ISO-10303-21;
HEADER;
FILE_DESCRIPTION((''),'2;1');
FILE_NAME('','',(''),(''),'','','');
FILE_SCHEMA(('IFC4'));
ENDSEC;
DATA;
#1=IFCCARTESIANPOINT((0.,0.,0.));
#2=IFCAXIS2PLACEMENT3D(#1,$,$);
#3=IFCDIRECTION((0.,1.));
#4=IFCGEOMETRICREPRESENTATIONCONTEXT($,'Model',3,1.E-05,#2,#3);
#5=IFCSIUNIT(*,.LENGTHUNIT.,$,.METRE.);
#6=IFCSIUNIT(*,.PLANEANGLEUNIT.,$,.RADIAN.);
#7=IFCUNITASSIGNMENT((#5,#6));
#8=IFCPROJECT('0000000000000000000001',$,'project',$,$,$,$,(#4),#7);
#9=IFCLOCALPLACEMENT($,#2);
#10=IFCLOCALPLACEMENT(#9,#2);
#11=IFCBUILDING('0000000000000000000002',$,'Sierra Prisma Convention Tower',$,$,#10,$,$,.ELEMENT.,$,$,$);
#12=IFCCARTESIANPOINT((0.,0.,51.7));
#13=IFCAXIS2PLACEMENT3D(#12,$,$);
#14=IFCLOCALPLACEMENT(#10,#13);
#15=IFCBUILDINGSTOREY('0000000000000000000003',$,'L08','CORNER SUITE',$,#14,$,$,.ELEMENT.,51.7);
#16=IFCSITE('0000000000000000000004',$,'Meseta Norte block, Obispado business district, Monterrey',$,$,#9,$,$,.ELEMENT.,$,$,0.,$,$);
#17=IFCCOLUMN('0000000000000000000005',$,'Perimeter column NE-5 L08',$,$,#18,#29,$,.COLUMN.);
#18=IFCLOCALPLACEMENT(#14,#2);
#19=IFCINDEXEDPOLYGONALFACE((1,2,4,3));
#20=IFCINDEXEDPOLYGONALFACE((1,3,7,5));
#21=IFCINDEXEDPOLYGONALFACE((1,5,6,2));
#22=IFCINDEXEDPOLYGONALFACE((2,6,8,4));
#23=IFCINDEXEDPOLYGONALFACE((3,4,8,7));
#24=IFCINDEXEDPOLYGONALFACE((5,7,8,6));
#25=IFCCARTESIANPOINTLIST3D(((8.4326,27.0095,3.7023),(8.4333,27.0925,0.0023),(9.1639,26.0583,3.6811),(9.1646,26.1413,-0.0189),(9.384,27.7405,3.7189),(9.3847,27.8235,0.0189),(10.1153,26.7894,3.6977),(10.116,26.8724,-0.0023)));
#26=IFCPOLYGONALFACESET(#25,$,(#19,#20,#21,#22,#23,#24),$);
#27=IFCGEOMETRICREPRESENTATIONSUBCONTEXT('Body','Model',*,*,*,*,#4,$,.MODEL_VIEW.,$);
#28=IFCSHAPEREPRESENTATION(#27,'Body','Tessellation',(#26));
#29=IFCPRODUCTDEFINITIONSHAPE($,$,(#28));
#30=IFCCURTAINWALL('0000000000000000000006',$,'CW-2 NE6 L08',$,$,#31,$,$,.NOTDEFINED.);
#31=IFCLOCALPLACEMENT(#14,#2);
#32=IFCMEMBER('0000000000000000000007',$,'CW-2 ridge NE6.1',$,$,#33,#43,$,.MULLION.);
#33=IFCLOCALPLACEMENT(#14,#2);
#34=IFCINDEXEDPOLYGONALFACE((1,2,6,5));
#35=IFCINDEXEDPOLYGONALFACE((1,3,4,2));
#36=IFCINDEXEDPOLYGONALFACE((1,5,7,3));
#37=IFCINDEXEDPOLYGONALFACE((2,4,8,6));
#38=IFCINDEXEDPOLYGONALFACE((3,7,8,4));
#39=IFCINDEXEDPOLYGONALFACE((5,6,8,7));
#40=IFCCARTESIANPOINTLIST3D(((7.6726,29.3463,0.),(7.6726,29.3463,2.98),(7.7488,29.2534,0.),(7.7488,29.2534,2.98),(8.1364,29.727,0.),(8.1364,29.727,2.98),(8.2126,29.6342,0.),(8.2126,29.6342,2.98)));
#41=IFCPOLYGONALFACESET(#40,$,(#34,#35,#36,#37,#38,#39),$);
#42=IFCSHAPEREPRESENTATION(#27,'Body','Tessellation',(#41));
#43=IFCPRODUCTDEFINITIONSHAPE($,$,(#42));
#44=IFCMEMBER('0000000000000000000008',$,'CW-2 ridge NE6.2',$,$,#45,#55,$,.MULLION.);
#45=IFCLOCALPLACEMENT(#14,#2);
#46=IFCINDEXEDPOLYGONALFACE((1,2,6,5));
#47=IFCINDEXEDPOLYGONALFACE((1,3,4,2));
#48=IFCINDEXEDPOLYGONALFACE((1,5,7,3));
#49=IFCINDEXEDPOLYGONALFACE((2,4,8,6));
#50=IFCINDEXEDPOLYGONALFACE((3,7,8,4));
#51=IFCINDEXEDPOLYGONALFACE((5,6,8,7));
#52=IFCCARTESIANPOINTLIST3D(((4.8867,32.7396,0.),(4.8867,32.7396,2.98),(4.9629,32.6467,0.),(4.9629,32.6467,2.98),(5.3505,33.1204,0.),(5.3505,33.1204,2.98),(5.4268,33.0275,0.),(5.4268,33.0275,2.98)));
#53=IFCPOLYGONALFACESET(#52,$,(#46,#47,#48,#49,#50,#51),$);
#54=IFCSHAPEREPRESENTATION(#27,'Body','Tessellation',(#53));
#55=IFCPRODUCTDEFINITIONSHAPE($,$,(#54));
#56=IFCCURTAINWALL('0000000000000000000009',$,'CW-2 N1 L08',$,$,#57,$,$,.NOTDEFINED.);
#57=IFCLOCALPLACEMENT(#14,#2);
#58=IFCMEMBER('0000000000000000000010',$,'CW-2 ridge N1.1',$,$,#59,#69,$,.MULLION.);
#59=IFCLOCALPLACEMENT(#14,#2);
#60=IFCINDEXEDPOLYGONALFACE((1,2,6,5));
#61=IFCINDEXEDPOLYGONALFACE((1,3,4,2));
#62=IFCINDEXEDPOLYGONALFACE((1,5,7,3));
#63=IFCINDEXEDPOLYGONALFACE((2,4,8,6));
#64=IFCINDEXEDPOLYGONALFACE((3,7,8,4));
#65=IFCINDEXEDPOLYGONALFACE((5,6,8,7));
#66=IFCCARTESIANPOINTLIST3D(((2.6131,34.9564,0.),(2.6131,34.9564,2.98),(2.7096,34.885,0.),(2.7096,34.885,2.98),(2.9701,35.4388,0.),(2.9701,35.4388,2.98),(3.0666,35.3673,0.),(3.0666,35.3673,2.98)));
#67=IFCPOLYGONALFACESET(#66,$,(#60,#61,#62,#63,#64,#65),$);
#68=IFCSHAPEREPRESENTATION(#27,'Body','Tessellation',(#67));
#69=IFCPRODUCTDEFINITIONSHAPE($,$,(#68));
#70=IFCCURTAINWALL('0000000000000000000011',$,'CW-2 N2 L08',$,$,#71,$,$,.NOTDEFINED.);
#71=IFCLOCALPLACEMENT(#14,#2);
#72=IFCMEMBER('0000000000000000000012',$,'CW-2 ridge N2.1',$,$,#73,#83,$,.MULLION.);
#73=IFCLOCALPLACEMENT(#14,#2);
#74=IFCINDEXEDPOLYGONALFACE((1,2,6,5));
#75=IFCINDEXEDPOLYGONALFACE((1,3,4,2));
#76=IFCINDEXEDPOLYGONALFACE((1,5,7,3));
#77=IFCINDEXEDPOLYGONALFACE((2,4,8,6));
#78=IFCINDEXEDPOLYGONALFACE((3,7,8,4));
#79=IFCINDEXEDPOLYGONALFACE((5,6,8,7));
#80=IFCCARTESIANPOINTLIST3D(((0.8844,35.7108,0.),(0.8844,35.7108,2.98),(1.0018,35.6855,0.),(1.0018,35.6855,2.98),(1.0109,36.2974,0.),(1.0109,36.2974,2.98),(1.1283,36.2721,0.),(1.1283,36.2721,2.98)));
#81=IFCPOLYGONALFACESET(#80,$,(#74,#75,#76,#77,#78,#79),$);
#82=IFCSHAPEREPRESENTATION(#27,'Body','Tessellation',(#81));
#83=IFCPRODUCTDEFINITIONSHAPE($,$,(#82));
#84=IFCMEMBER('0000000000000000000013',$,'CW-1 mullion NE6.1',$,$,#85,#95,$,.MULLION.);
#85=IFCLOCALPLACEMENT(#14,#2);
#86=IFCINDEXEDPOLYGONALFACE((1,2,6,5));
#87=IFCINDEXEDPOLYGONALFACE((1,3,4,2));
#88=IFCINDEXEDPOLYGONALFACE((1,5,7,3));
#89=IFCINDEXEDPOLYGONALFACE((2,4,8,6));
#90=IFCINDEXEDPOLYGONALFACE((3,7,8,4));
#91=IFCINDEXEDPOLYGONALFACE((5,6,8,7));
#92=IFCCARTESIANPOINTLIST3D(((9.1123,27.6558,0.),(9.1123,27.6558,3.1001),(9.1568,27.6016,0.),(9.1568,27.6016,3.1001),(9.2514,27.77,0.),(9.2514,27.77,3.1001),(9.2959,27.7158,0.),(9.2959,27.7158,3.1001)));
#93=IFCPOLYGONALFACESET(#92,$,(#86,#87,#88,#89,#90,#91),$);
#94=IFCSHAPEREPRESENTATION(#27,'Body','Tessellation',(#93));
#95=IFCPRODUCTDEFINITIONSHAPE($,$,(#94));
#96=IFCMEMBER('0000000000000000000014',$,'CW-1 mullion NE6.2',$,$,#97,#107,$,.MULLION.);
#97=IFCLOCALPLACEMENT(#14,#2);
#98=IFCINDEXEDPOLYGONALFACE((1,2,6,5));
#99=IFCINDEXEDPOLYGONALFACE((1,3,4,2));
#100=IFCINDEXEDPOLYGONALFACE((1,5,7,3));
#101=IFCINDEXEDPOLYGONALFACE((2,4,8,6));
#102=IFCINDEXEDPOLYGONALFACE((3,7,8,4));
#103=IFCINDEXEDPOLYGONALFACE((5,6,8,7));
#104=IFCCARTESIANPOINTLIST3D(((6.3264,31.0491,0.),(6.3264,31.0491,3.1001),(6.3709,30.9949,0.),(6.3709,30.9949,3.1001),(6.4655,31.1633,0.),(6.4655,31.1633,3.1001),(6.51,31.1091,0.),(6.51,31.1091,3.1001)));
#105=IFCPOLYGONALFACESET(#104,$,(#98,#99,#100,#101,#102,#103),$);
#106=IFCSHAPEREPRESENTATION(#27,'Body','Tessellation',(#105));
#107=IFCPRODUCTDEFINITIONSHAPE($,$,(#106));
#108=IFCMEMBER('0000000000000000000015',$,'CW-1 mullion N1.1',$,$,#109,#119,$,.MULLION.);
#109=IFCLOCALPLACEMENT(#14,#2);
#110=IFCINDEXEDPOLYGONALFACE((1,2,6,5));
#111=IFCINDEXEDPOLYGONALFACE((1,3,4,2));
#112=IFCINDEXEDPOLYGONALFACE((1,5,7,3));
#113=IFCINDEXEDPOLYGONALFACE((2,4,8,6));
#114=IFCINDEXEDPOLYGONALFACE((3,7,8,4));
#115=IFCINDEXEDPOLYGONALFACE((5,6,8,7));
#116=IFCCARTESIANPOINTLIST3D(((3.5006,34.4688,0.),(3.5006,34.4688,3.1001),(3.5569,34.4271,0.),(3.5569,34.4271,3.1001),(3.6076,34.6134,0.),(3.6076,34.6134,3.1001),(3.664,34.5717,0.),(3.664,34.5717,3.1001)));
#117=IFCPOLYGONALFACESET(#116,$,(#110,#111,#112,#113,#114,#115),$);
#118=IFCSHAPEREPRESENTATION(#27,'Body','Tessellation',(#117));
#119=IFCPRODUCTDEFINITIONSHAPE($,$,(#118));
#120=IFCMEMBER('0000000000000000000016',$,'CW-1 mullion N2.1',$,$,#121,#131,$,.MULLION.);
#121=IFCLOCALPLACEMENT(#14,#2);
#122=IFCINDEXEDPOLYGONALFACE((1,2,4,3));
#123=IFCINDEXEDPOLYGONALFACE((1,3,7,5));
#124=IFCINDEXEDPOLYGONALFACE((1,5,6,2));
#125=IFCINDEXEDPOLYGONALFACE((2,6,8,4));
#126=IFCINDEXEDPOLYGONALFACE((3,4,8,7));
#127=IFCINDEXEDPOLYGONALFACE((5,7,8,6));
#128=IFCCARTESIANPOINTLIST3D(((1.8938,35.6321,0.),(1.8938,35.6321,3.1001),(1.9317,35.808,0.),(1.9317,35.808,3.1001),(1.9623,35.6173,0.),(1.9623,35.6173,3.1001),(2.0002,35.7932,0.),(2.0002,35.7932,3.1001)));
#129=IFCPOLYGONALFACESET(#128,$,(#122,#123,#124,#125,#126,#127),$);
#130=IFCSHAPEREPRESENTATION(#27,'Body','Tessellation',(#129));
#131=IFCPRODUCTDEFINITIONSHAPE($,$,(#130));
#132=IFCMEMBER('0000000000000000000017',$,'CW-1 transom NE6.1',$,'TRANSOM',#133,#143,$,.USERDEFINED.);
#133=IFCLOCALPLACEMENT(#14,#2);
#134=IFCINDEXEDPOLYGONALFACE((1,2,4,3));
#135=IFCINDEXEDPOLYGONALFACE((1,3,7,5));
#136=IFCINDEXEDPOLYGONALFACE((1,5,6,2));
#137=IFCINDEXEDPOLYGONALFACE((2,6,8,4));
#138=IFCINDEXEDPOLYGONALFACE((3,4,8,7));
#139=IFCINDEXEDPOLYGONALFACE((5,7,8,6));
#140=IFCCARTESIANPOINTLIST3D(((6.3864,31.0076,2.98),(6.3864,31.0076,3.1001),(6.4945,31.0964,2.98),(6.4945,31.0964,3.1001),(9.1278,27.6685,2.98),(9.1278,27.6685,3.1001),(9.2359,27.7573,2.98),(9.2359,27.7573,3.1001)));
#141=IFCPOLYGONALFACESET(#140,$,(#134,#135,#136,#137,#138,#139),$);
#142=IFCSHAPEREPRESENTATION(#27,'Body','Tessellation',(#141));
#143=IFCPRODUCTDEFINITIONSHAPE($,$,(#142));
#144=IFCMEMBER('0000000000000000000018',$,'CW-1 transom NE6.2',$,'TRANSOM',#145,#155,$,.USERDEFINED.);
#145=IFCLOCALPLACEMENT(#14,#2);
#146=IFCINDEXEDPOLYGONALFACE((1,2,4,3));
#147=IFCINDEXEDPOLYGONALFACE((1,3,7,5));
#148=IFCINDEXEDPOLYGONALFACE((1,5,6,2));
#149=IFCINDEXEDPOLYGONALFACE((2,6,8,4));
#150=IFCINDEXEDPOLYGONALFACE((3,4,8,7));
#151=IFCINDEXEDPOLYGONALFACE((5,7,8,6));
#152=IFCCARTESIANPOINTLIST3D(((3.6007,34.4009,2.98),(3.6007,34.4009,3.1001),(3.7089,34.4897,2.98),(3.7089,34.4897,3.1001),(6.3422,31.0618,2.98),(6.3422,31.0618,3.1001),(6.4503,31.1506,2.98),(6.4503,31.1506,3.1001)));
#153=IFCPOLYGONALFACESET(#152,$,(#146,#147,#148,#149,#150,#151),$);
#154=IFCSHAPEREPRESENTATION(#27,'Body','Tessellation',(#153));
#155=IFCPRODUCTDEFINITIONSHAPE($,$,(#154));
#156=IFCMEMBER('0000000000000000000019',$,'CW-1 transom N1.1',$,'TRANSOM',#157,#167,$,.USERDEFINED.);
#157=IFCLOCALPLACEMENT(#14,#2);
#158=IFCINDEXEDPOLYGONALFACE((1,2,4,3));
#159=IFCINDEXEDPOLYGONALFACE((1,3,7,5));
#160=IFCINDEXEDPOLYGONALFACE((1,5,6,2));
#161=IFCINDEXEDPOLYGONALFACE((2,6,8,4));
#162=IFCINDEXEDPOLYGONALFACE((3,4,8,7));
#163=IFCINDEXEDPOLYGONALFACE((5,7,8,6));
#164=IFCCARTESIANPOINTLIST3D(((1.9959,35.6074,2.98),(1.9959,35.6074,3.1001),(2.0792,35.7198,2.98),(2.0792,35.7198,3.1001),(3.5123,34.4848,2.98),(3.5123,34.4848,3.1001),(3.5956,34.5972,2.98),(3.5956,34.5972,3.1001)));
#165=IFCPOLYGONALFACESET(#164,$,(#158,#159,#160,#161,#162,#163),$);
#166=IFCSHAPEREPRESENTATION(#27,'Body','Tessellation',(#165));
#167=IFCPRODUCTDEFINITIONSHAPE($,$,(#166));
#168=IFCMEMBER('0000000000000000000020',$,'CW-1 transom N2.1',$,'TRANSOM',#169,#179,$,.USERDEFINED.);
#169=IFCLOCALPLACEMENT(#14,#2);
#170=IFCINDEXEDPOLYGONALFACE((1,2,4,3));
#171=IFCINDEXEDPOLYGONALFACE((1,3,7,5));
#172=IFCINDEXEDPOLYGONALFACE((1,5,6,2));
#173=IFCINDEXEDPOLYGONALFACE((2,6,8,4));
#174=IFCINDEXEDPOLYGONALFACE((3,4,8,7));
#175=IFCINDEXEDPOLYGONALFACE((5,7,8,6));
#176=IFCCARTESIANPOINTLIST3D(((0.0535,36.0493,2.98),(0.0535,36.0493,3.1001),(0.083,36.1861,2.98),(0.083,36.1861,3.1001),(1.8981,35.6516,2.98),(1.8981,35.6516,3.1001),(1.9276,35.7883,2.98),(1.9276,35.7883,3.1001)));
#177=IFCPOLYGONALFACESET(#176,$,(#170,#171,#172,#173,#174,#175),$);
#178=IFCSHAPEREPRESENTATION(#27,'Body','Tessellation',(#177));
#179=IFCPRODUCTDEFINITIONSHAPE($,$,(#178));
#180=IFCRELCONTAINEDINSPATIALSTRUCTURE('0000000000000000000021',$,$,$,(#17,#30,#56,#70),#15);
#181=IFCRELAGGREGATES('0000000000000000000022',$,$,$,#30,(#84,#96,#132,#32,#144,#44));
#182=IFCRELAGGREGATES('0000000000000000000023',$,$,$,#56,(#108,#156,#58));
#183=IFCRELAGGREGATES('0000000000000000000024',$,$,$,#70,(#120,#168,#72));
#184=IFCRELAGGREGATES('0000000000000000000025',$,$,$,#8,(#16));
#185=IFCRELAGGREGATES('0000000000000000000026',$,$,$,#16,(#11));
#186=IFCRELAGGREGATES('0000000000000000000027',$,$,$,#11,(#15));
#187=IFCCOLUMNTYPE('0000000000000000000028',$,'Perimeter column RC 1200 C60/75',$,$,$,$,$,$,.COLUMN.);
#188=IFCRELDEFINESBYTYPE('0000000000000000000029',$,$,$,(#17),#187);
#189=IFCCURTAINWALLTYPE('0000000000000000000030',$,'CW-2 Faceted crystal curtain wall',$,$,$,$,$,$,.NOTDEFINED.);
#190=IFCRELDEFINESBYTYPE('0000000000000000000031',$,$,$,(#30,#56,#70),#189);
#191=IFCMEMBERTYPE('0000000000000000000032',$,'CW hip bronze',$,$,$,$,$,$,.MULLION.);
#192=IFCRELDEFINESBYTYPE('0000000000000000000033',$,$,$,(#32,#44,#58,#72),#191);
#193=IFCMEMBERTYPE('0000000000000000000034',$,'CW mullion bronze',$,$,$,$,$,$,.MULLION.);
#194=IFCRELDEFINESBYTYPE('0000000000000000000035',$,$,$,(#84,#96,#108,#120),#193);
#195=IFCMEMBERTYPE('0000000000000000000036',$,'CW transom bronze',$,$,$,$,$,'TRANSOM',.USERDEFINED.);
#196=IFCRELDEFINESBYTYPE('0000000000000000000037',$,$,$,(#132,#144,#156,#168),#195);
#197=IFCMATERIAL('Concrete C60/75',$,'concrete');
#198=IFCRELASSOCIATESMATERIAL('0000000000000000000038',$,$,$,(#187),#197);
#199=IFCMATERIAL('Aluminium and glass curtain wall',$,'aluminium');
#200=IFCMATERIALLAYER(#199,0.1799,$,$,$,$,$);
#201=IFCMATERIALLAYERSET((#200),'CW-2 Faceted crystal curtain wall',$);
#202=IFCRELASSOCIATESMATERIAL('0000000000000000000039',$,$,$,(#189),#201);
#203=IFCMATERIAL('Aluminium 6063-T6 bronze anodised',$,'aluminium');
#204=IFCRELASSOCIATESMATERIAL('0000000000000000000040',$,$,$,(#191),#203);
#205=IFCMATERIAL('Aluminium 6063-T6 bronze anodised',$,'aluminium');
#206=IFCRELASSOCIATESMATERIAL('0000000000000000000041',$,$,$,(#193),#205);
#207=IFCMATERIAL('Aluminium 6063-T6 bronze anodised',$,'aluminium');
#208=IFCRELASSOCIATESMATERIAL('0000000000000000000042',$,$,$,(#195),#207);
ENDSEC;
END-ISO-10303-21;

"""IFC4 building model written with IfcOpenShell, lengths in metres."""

from ifc_helpers import new_model, si_unit, direction, frame, origin, origin_2d, place, context, subcontext, project, spatial, rectangle, extrude, material, layer, layer_set, material_profile, profile_set, type_object, element, aggregate, save


model = new_model("IFC4")

# Units and contexts
model_context = context("Model", 3, precision=1e-05, world=origin(), true_north=direction((0.0, 1.0)))
body_context = subcontext(model_context, "Body", "Model", "MODEL_VIEW")
ifc_project = project(units=[si_unit("LENGTHUNIT", "METRE"), si_unit("PLANEANGLEUNIT", "RADIAN")], contexts=[model_context])

# Site, building, storey
site_placement = place(None, origin())
site = spatial("IfcSite", under=ifc_project, at=site_placement, Name="Meseta Norte block, Obispado business district, Monterrey", CompositionType="ELEMENT", RefElevation=0.0)
building_placement = place(site_placement, origin())
building = spatial("IfcBuilding", under=site, at=building_placement, Name="Sierra Prisma Convention Tower", CompositionType="ELEMENT")
storey_placement = place(building_placement, frame((0.0, 0.0, 51.7)))
storey = spatial("IfcBuildingStorey", under=building, at=storey_placement, Name="L08", Description="CORNER SUITE", CompositionType="ELEMENT", Elevation=51.7)

# Column
ifc_material_1 = material(Name="Concrete C60/75", Category="concrete")
ifc_material_profile_1 = material_profile(ifc_material_1, rectangle(XDim=1.2, YDim=1.2, at=origin_2d()), Name="Perimeter column RC 1200 C60/75")
ifc_profile_set_1 = profile_set([ifc_material_profile_1], Name="Concrete C60/75")
column_type = type_object("IfcColumnType", Name="Perimeter column RC 1200 C60/75", PredefinedType="COLUMN", material=ifc_profile_set_1)
column_placement = place(storey_placement, frame((9.2747, 26.9824, 0.0), z_axis=(-0.000198, -0.022429, 0.999748), x_axis=(-0.609411, 0.792658, 0.017663)))
element("IfcColumn", 1, at=column_placement, inside=storey, type_object=column_type, Name="Perimeter column NE-5 L08", PredefinedType="COLUMN", context=body_context, shape_type="SweptSolid", body=[
    extrude(rectangle(XDim=1.2, YDim=1.2, at=origin_2d()), origin(), (0.0, 0.0, 1.0), 3.7009),
])

# Curtain wall, members
ifc_material_2 = material(Name="Aluminium and glass curtain wall", Category="aluminium")
ifc_layer_1 = layer(ifc_material_2, 0.1799)
ifc_layer_set_1 = layer_set([ifc_layer_1], Name="CW-2 Faceted crystal curtain wall")
curtain_wall_type = type_object("IfcCurtainWallType", Name="CW-2 Faceted crystal curtain wall", PredefinedType="NOTDEFINED", material=ifc_layer_set_1)
curtain_wall_1_placement = place(storey_placement, origin())
curtain_wall_1 = element("IfcCurtainWall", 2, at=curtain_wall_1_placement, inside=storey, type_object=curtain_wall_type, Name="CW-2 NE6 L08", PredefinedType="NOTDEFINED")
ifc_material_3 = material(Name="Aluminium 6063-T6 bronze anodised", Category="aluminium")
ifc_material_profile_2 = material_profile(ifc_material_3, rectangle(XDim=0.1201, YDim=0.6001, at=origin_2d()), Name="ALU RIDGE BLADE 120x600")
ifc_profile_set_2 = profile_set([ifc_material_profile_2], Name="Aluminium 6063-T6 bronze anodised")
member_type_1 = type_object("IfcMemberType", Name="CW hip bronze", PredefinedType="MULLION", material=ifc_profile_set_2)
member_1_placement = place(storey_placement, frame((7.9426, 29.4902, 0.0), z_axis=(0.0, 0.0, 1.0), x_axis=(-0.634539, 0.772891, 0.0)))
member_1 = element("IfcMember", 3, at=member_1_placement, type_object=member_type_1, Name="CW-2 ridge NE6.1", PredefinedType="MULLION", context=body_context, shape_type="SweptSolid", body=[
    extrude(rectangle(XDim=0.1201, YDim=0.6001, at=origin_2d()), origin(), (0.0, 0.0, 1.0), 2.98),
])
member_2_placement = place(storey_placement, frame((5.1567, 32.8835, 0.0), z_axis=(0.0, 0.0, 1.0), x_axis=(-0.634539, 0.772891, 0.0)))
member_2 = element("IfcMember", 4, at=member_2_placement, type_object=member_type_1, Name="CW-2 ridge NE6.2", PredefinedType="MULLION", context=body_context, shape_type="SweptSolid", body=[
    extrude(rectangle(XDim=0.1201, YDim=0.6001, at=origin_2d()), origin(), (0.0, 0.0, 1.0), 2.98),
])

# Curtain walls, members
curtain_wall_2_placement = place(storey_placement, origin())
curtain_wall_2 = element("IfcCurtainWall", 5, at=curtain_wall_2_placement, inside=storey, type_object=curtain_wall_type, Name="CW-2 N1 L08", PredefinedType="NOTDEFINED")
member_3_placement = place(storey_placement, frame((2.8398, 35.1619, 0.0), z_axis=(0.0, 0.0, 1.0), x_axis=(-0.803756, 0.594959, 0.0)))
member_3 = element("IfcMember", 6, at=member_3_placement, type_object=member_type_1, Name="CW-2 ridge N1.1", PredefinedType="MULLION", context=body_context, shape_type="SweptSolid", body=[
    extrude(rectangle(XDim=0.1201, YDim=0.6001, at=origin_2d()), origin(), (0.0, 0.0, 1.0), 2.98),
])
curtain_wall_3_placement = place(storey_placement, origin())
curtain_wall_3 = element("IfcCurtainWall", 7, at=curtain_wall_3_placement, inside=storey, type_object=curtain_wall_type, Name="CW-2 N2 L08", PredefinedType="NOTDEFINED")
member_4_placement = place(storey_placement, frame((1.0063, 35.9915, 0.0), z_axis=(0.0, 0.0, 1.0), x_axis=(-0.977527, 0.210811, 0.0)))
member_4 = element("IfcMember", 8, at=member_4_placement, type_object=member_type_1, Name="CW-2 ridge N2.1", PredefinedType="MULLION", context=body_context, shape_type="SweptSolid", body=[
    extrude(rectangle(XDim=0.1201, YDim=0.6001, at=origin_2d()), origin(), (0.0, 0.0, 1.0), 2.98),
])

# Members
ifc_material_4 = material(Name="Aluminium 6063-T6 bronze anodised", Category="aluminium")
ifc_material_profile_3 = material_profile(ifc_material_4, rectangle(XDim=0.1799, YDim=0.0701, at=origin_2d()), Name="ALU MULLION 70x180")
ifc_profile_set_3 = profile_set([ifc_material_profile_3], Name="Aluminium 6063-T6 bronze anodised")
member_type_2 = type_object("IfcMemberType", Name="CW mullion bronze", PredefinedType="MULLION", material=ifc_profile_set_3)
member_5_placement = place(storey_placement, frame((9.2041, 27.6858, 0.0), z_axis=(0.0, 0.0, 1.0), x_axis=(-0.772891, -0.634539, 0.0)))
member_5 = element("IfcMember", 9, at=member_5_placement, type_object=member_type_2, Name="CW-1 mullion NE6.1", PredefinedType="MULLION", context=body_context, shape_type="SweptSolid", body=[
    extrude(rectangle(XDim=0.1799, YDim=0.0701, at=origin_2d()), origin(), (0.0, 0.0, 1.0), 3.1001),
])
member_6_placement = place(storey_placement, frame((6.4182, 31.0791, 0.0), z_axis=(0.0, 0.0, 1.0), x_axis=(-0.772891, -0.634539, 0.0)))
member_6 = element("IfcMember", 10, at=member_6_placement, type_object=member_type_2, Name="CW-1 mullion NE6.2", PredefinedType="MULLION", context=body_context, shape_type="SweptSolid", body=[
    extrude(rectangle(XDim=0.1799, YDim=0.0701, at=origin_2d()), origin(), (0.0, 0.0, 1.0), 3.1001),
])
member_7_placement = place(storey_placement, frame((3.5823, 34.5203, 0.0), z_axis=(0.0, 0.0, 1.0), x_axis=(-0.594959, -0.803756, 0.0)))
member_7 = element("IfcMember", 11, at=member_7_placement, type_object=member_type_2, Name="CW-1 mullion N1.1", PredefinedType="MULLION", context=body_context, shape_type="SweptSolid", body=[
    extrude(rectangle(XDim=0.1799, YDim=0.0701, at=origin_2d()), origin(), (0.0, 0.0, 1.0), 3.1001),
])
member_8_placement = place(storey_placement, frame((1.947, 35.7126, 0.0), z_axis=(0.0, 0.0, 1.0), x_axis=(-0.210811, -0.977527, 0.0)))
member_8 = element("IfcMember", 12, at=member_8_placement, type_object=member_type_2, Name="CW-1 mullion N2.1", PredefinedType="MULLION", context=body_context, shape_type="SweptSolid", body=[
    extrude(rectangle(XDim=0.1799, YDim=0.0701, at=origin_2d()), origin(), (0.0, 0.0, 1.0), 3.1001),
])
ifc_material_5 = material(Name="Aluminium 6063-T6 bronze anodised", Category="aluminium")
ifc_material_profile_4 = material_profile(ifc_material_5, rectangle(XDim=0.1399, YDim=0.1201, at=origin_2d()), Name="ALU TRANSOM 120x140")
ifc_profile_set_4 = profile_set([ifc_material_profile_4], Name="Aluminium 6063-T6 bronze anodised")
member_type_3 = type_object("IfcMemberType", Name="CW transom bronze", ElementType="TRANSOM", PredefinedType="USERDEFINED", material=ifc_profile_set_4)
member_9_placement = place(storey_placement, frame((9.1819, 27.7129, 3.04), z_axis=(-0.634548, 0.772884, 0.0), x_axis=(-0.772884, -0.634548, 0.0)))
member_9 = element("IfcMember", 13, at=member_9_placement, type_object=member_type_3, Name="CW-1 transom NE6.1", ObjectType="TRANSOM", PredefinedType="USERDEFINED", context=body_context, shape_type="SweptSolid", body=[
    extrude(rectangle(XDim=0.1399, YDim=0.1201, at=origin_2d()), origin(), (0.0, 0.0, 1.0), 4.3203),
])
member_10_placement = place(storey_placement, frame((6.3962, 31.1062, 3.04), z_axis=(-0.634548, 0.772884, 0.0), x_axis=(-0.772884, -0.634548, 0.0)))
member_10 = element("IfcMember", 14, at=member_10_placement, type_object=member_type_3, Name="CW-1 transom NE6.2", ObjectType="TRANSOM", PredefinedType="USERDEFINED", context=body_context, shape_type="SweptSolid", body=[
    extrude(rectangle(XDim=0.1399, YDim=0.1201, at=origin_2d()), origin(), (0.0, 0.0, 1.0), 4.3203),
])
member_11_placement = place(storey_placement, frame((3.554, 34.541, 3.04), z_axis=(-0.803727, 0.594999, 0.0), x_axis=(-0.594999, -0.803727, 0.0)))
member_11 = element("IfcMember", 15, at=member_11_placement, type_object=member_type_3, Name="CW-1 transom N1.1", ObjectType="TRANSOM", PredefinedType="USERDEFINED", context=body_context, shape_type="SweptSolid", body=[
    extrude(rectangle(XDim=0.1399, YDim=0.1201, at=origin_2d()), origin(), (0.0, 0.0, 1.0), 1.8867),
])
member_12_placement = place(storey_placement, frame((1.9128, 35.72, 3.04), z_axis=(-0.977535, 0.210775, 0.0), x_axis=(-0.210775, -0.977535, 0.0)))
member_12 = element("IfcMember", 16, at=member_12_placement, type_object=member_type_3, Name="CW-1 transom N2.1", ObjectType="TRANSOM", PredefinedType="USERDEFINED", context=body_context, shape_type="SweptSolid", body=[
    extrude(rectangle(XDim=0.1399, YDim=0.1201, at=origin_2d()), origin(), (0.0, 0.0, 1.0), 1.887),
])

aggregate(curtain_wall_1, [member_5, member_6, member_9, member_1, member_10, member_2])
aggregate(curtain_wall_2, [member_7, member_11, member_3])
aggregate(curtain_wall_3, [member_8, member_12, member_4])

save(model, "model.ifc")
